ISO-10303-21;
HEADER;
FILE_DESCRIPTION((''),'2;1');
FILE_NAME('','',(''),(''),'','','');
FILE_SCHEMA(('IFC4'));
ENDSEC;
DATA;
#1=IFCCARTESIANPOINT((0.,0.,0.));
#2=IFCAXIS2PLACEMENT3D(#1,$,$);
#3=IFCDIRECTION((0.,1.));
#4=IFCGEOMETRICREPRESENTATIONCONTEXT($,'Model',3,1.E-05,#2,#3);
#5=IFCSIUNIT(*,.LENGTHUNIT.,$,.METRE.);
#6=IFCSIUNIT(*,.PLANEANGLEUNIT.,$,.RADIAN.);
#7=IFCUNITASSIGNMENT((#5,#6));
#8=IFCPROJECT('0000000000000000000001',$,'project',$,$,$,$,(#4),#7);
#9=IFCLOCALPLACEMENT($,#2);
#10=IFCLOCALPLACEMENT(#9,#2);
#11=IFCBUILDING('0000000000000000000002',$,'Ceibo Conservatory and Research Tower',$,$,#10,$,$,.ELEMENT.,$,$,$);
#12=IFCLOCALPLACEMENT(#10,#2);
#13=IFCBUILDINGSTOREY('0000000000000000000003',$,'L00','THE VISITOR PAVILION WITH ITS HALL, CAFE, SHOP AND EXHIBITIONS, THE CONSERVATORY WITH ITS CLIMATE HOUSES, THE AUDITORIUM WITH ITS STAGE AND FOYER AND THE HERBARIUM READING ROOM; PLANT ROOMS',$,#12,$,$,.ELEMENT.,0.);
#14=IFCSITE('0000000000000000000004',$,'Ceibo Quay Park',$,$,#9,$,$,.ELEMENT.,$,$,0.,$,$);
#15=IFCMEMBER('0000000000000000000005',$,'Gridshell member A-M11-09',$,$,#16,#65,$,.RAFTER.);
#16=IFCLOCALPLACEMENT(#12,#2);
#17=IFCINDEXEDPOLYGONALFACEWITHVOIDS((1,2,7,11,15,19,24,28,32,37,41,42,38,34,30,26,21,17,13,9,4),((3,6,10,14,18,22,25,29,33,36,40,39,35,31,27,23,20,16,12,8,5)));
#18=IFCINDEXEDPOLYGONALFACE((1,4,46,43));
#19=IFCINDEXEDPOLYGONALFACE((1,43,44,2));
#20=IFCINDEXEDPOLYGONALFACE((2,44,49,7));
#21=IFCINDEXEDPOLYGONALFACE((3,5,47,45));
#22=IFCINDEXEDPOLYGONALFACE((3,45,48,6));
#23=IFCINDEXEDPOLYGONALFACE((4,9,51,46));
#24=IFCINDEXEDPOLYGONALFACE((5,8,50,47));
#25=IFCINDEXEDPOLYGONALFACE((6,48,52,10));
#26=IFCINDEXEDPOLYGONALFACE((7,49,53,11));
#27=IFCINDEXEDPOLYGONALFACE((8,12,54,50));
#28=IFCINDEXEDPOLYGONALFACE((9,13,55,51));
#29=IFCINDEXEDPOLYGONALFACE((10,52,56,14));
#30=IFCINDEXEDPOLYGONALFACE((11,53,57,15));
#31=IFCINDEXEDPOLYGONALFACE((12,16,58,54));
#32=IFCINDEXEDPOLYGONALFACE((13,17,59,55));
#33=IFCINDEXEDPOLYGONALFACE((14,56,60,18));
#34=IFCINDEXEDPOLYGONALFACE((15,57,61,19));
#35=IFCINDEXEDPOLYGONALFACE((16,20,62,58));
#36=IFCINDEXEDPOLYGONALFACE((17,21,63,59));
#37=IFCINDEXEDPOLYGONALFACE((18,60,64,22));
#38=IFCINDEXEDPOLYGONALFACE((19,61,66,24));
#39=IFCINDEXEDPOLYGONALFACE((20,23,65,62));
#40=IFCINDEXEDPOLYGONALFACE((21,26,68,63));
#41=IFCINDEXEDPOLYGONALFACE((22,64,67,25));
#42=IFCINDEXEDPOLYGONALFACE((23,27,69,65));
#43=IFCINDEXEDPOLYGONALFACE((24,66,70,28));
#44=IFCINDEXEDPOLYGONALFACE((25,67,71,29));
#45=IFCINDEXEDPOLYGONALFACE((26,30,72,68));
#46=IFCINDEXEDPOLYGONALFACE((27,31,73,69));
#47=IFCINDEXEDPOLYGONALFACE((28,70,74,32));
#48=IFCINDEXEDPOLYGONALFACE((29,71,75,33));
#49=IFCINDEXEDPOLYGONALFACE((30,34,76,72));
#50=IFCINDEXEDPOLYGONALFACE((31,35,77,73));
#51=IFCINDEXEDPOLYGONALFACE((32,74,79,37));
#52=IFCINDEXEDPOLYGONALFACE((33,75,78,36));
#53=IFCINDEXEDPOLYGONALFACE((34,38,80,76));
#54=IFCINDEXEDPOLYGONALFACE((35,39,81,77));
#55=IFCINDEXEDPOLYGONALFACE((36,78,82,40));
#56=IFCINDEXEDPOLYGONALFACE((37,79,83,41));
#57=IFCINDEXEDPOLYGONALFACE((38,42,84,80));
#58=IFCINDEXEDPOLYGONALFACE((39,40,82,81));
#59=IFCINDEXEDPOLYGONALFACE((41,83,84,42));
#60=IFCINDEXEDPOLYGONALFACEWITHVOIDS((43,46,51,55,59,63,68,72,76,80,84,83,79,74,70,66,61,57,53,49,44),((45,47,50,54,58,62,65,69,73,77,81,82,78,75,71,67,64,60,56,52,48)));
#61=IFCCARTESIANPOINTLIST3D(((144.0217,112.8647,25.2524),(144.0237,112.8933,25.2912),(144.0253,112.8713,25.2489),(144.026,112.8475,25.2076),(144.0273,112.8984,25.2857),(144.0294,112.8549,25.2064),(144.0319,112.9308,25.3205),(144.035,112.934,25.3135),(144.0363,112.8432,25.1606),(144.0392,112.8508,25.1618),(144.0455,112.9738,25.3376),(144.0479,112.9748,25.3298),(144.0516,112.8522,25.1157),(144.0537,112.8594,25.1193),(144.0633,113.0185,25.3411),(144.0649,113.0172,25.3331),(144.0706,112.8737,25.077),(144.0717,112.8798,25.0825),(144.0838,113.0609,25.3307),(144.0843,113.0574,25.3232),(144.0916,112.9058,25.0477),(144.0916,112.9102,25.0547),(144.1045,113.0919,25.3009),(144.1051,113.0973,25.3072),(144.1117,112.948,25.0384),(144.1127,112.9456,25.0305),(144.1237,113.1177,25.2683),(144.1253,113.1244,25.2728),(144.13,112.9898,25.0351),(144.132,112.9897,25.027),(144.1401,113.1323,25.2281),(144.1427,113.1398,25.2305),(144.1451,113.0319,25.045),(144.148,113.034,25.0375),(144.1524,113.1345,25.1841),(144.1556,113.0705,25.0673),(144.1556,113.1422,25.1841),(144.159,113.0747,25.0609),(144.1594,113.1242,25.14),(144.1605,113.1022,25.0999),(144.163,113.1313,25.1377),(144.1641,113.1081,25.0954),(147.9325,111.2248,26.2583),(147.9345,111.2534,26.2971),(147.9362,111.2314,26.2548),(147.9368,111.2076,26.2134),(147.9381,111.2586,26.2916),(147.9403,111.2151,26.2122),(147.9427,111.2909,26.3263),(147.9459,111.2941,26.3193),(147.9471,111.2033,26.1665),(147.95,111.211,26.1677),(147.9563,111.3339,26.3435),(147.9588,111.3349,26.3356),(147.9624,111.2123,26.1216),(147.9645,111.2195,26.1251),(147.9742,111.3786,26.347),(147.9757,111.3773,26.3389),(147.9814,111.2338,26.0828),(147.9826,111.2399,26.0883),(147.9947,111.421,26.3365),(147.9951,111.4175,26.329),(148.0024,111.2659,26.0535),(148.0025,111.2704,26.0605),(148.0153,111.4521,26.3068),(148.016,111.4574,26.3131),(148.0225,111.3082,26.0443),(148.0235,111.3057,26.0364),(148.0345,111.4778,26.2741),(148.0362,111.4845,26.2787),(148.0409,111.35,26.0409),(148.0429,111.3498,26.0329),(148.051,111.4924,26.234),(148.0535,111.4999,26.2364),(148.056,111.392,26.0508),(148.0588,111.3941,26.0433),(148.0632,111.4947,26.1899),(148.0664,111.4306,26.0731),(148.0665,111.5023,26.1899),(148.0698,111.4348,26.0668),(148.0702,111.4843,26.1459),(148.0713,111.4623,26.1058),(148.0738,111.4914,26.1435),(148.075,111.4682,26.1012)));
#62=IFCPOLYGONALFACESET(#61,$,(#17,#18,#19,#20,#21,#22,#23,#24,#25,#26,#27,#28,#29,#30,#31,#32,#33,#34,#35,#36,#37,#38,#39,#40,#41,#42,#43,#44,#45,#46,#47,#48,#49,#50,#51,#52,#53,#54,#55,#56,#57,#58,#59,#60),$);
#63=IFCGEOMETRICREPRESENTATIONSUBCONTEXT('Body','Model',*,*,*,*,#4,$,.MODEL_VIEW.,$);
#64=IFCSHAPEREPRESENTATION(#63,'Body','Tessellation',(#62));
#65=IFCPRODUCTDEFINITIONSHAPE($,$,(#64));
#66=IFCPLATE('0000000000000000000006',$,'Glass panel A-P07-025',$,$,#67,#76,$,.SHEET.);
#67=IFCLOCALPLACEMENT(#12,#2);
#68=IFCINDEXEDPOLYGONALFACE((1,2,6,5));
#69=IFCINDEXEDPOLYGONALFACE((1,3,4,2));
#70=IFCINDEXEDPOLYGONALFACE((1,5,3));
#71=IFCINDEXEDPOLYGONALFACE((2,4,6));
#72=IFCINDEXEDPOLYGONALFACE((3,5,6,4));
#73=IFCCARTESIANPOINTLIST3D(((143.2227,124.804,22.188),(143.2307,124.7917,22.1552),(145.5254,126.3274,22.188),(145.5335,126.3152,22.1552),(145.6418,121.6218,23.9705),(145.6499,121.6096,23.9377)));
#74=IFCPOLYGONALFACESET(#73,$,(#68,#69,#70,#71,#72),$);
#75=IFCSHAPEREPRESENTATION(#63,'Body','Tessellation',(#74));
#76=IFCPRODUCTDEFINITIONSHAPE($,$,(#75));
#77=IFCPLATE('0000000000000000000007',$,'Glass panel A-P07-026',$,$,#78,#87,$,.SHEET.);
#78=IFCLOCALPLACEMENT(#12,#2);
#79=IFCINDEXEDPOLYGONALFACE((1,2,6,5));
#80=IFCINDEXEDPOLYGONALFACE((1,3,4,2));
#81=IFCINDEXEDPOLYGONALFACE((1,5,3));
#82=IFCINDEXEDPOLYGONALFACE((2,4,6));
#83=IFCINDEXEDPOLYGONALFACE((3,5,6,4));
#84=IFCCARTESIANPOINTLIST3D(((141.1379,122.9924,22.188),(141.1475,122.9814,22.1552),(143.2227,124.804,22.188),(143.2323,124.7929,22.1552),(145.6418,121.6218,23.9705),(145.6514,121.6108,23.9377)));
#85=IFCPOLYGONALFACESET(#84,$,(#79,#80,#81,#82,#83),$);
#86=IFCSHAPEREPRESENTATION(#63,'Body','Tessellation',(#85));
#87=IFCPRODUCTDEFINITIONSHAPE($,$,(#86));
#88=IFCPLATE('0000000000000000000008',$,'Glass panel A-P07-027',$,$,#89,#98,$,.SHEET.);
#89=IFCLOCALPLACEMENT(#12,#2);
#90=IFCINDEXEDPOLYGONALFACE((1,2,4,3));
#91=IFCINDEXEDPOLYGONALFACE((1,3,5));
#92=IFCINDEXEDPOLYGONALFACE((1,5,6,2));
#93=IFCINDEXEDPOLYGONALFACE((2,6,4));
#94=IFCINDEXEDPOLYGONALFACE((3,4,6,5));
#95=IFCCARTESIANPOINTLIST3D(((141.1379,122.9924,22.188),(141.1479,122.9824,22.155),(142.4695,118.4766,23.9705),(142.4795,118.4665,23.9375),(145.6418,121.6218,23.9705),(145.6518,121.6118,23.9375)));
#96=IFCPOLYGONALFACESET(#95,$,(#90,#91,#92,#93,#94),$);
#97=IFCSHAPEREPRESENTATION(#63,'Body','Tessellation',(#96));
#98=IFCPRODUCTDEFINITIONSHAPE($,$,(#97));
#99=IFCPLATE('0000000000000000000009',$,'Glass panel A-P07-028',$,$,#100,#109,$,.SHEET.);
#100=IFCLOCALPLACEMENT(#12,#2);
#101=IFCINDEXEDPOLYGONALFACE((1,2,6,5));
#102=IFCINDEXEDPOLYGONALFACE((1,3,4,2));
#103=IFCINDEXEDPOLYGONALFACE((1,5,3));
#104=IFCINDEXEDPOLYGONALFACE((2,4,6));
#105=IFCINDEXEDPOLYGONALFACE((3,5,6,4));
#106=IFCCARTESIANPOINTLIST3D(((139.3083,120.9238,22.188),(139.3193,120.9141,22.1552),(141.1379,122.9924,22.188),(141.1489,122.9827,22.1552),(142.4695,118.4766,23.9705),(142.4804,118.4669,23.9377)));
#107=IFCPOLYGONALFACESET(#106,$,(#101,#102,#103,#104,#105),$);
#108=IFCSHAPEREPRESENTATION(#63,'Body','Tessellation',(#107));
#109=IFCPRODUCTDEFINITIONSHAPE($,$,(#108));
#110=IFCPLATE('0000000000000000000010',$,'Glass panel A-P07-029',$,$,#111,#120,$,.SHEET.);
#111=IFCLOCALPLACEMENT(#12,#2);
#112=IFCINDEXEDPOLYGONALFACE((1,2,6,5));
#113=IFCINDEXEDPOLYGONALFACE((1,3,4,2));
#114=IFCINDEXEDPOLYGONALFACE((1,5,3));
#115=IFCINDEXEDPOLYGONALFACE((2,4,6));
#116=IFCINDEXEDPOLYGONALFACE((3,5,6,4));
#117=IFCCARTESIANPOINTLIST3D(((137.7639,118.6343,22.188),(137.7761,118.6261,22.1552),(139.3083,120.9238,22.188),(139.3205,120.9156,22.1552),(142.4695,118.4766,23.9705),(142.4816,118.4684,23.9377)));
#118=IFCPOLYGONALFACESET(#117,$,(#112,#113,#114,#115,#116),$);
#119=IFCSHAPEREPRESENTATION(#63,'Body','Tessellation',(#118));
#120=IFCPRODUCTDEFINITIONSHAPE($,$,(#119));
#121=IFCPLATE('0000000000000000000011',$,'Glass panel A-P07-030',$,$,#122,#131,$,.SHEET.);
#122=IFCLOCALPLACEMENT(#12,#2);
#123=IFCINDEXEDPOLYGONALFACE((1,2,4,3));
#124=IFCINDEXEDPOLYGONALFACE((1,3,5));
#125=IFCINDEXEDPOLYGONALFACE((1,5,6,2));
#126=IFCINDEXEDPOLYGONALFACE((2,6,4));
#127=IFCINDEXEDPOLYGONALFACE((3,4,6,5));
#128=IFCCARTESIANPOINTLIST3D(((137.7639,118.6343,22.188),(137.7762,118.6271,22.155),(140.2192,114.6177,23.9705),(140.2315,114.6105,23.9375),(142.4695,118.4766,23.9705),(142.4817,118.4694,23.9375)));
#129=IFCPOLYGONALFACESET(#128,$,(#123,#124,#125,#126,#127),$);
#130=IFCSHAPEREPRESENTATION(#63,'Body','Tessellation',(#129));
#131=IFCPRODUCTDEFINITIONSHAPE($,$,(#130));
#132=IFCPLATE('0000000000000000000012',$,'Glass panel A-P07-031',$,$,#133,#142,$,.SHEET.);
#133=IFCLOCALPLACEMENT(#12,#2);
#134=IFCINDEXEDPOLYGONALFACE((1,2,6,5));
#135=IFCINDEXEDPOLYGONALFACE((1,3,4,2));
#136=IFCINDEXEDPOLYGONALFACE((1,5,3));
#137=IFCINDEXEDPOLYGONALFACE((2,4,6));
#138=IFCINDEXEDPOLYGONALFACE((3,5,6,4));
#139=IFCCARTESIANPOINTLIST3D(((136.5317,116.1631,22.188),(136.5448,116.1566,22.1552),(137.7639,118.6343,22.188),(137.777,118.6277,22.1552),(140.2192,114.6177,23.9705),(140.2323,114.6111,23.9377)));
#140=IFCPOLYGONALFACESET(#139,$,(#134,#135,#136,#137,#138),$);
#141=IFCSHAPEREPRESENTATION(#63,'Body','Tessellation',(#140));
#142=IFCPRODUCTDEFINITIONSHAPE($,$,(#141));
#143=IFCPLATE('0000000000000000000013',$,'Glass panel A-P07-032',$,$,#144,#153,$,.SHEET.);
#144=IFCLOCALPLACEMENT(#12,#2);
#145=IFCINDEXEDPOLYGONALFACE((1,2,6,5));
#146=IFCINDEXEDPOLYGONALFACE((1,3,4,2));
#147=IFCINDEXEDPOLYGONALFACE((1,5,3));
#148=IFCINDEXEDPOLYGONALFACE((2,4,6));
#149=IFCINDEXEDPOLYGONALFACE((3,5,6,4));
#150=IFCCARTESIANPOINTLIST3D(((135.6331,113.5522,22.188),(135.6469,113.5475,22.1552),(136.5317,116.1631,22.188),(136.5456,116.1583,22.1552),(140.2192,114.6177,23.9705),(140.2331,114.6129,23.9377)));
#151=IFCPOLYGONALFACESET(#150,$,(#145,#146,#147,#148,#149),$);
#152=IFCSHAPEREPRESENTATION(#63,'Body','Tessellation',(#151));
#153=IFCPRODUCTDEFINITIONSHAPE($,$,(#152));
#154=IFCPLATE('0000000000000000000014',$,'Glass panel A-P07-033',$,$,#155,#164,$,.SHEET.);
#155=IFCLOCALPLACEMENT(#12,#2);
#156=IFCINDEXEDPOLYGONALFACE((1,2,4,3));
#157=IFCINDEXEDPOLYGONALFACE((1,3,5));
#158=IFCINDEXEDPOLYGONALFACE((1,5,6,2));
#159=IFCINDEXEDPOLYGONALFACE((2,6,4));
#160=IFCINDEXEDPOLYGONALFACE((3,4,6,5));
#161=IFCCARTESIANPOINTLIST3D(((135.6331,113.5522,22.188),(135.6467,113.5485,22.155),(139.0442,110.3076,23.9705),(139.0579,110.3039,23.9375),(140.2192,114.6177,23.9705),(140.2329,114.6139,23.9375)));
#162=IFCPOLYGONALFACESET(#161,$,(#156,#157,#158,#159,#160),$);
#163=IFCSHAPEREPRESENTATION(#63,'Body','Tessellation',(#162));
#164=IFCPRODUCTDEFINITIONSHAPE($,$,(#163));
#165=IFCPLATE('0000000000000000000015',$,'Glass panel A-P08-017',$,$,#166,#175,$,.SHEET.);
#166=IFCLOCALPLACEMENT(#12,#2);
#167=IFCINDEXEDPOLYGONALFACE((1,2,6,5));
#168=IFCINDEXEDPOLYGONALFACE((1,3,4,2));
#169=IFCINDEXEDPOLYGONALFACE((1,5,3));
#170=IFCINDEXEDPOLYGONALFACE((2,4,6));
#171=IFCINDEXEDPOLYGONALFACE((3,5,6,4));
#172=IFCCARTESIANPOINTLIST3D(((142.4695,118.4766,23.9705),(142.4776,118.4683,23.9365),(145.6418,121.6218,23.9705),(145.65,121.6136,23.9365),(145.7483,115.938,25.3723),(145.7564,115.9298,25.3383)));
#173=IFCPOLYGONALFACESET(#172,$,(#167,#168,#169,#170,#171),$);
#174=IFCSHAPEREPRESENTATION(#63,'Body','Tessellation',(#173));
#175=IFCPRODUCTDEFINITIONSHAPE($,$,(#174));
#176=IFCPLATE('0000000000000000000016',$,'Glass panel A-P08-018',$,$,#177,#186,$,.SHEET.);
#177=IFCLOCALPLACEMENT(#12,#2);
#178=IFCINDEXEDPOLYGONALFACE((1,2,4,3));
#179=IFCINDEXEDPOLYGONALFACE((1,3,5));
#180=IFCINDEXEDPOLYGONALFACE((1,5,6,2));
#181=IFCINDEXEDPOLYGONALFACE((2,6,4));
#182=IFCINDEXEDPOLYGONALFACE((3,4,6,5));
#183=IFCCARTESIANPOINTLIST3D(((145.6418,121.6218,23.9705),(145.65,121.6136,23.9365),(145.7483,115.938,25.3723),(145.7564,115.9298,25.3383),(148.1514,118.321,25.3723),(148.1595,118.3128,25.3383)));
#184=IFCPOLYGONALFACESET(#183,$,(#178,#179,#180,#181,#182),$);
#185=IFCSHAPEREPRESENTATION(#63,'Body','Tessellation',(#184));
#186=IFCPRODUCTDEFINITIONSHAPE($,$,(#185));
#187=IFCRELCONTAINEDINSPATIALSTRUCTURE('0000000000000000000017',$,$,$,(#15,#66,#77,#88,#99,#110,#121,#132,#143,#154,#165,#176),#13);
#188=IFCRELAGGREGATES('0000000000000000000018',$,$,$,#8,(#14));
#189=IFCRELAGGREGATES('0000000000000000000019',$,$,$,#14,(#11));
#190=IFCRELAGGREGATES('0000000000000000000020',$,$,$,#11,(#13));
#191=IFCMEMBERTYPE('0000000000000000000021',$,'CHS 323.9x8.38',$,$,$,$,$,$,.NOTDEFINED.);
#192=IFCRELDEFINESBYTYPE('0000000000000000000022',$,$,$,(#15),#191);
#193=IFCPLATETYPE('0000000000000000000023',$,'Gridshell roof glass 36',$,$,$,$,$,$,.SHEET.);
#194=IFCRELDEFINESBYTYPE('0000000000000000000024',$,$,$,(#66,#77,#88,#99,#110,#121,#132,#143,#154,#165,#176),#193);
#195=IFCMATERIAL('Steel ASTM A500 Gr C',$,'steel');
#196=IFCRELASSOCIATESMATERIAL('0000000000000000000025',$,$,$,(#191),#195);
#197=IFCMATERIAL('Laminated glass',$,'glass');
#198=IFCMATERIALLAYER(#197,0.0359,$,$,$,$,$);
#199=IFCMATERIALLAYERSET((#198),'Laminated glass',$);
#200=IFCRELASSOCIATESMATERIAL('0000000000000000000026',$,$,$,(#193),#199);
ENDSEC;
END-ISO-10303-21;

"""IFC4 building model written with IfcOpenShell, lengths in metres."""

from ifc_helpers import new_model, si_unit, direction, frame, origin, origin_2d, place, context, subcontext, project, spatial, polyline, hollow_circle, outline, extrude, material, layer, layer_set, material_profile, profile_set, type_object, element, save


model = new_model("IFC4")

# Units and contexts
model_context = context("Model", 3, precision=1e-05, world=origin(), true_north=direction((0.0, 1.0)))
body_context = subcontext(model_context, "Body", "Model", "MODEL_VIEW")
ifc_project = project(units=[si_unit("LENGTHUNIT", "METRE"), si_unit("PLANEANGLEUNIT", "RADIAN")], contexts=[model_context])

# Site, building, storey
site_placement = place(None, origin())
site = spatial("IfcSite", under=ifc_project, at=site_placement, Name="Ceibo Quay Park", CompositionType="ELEMENT", RefElevation=0.0)
building_placement = place(site_placement, origin())
building = spatial("IfcBuilding", under=site, at=building_placement, Name="Ceibo Conservatory and Research Tower", CompositionType="ELEMENT")
storey_placement = place(building_placement, origin())
storey = spatial("IfcBuildingStorey", under=building, at=storey_placement, Name="L00", Description="THE VISITOR PAVILION WITH ITS HALL, CAFE, SHOP AND EXHIBITIONS, THE CONSERVATORY WITH ITS CLIMATE HOUSES, THE AUDITORIUM WITH ITS STAGE AND FOYER AND THE HERBARIUM READING ROOM; PLANT ROOMS", CompositionType="ELEMENT", Elevation=0.0)

# Member
ifc_material_1 = material(Name="Steel ASTM A500 Gr C", Category="steel")
ifc_material_profile_1 = material_profile(ifc_material_1, hollow_circle(Radius=0.1619, WallThickness=0.0083, at=origin_2d()), Name="CHS 323.9x8.38")
ifc_profile_set_1 = profile_set([ifc_material_profile_1], Name="Steel ASTM A500 Gr C")
member_type_1 = type_object("IfcMemberType", Name="CHS 323.9x8.38", PredefinedType="NOTDEFINED", material=ifc_profile_set_1)
member_1_placement = place(storey_placement, frame((144.093, 112.9929, 25.1841), z_axis=(0.897313, -0.376256, 0.230784), x_axis=(0.386695, 0.922208, 0.0)))
element("IfcMember", 1, at=member_1_placement, inside=storey, type_object=member_type_1, Name="Gridshell member A-M11-09", PredefinedType="RAFTER", context=body_context, shape_type="SweptSolid", body=[
    extrude(hollow_circle(Radius=0.1619, WallThickness=0.0083, at=origin_2d()), origin(), (0.0, 0.0, 1.0), 4.3584),
])

# Plates
ifc_material_2 = material(Name="Laminated glass", Category="glass")
ifc_layer = layer(ifc_material_2, 0.0359)
ifc_layer_set = layer_set([ifc_layer], Name="Laminated glass")
plate_type = type_object("IfcPlateType", Name="Gridshell roof glass 36", PredefinedType="SHEET", material=ifc_layer_set)
plate_1_placement = place(storey_placement, frame((145.6418, 121.6218, 23.9705), z_axis=(-0.225114, 0.340268, 0.912985), x_axis=(-0.023137, 0.934905, -0.354143)))
element("IfcPlate", 2, at=plate_1_placement, inside=storey, type_object=plate_type, Name="Glass panel A-P07-025", PredefinedType="SHEET", context=body_context, shape_type="SweptSolid", body=[
    extrude(outline(polyline([(0.0, 0.0), (5.0332, 0.0), (3.6622, 2.3966), (0.0, 0.0)])), origin(), (0.0, 0.0, -1.0), 0.0359),
])
plate_2_placement = place(storey_placement, frame((145.6418, 121.6218, 23.9705), z_axis=(-0.267607, 0.307964, 0.912987), x_axis=(-0.552741, 0.727059, -0.407262)))
element("IfcPlate", 3, at=plate_2_placement, inside=storey, type_object=plate_type, Name="Glass panel A-P07-026", PredefinedType="SHEET", context=body_context, shape_type="SweptSolid", body=[
    extrude(outline(polyline([(0.0, 0.0), (4.3767, 0.0), (4.2119, 2.7569), (0.0, 0.0)])), origin(), (0.0, 0.0, -1.0), 0.0359),
])
plate_3_placement = place(storey_placement, frame((145.6418, 121.6218, 23.9705), z_axis=(-0.278178, 0.280575, 0.918638), x_axis=(-0.894701, 0.272271, -0.354088)))
element("IfcPlate", 4, at=plate_3_placement, inside=storey, type_object=plate_type, Name="Glass panel A-P07-027", PredefinedType="SHEET", context=body_context, shape_type="SweptSolid", body=[
    extrude(outline(polyline([(0.0, 0.0), (5.034, 0.0), (1.982, 4.0036), (0.0, 0.0)])), origin(), (0.0, 0.0, -1.0), 0.0359),
])
plate_4_placement = place(storey_placement, frame((142.4695, 118.4766, 23.9705), z_axis=(-0.305579, 0.270271, 0.913003), x_axis=(-0.264499, 0.897036, -0.354071)))
element("IfcPlate", 5, at=plate_4_placement, inside=storey, type_object=plate_type, Name="Glass panel A-P07-028", PredefinedType="SHEET", context=body_context, shape_type="SweptSolid", body=[
    extrude(outline(polyline([(0.0, 0.0), (5.0342, 0.0), (3.6625, 2.3969), (0.0, 0.0)])), origin(), (0.0, 0.0, -1.0), 0.0359),
])
plate_5_placement = place(storey_placement, frame((142.4695, 118.4766, 23.9705), z_axis=(-0.3382, 0.228135, 0.913003), x_axis=(-0.722197, 0.559106, -0.407226)))
element("IfcPlate", 6, at=plate_5_placement, inside=storey, type_object=plate_type, Name="Glass panel A-P07-029", PredefinedType="SHEET", context=body_context, shape_type="SweptSolid", body=[
    extrude(outline(polyline([(0.0, 0.0), (4.3771, 0.0), (4.2124, 2.7568), (0.0, 0.0)])), origin(), (0.0, 0.0, -1.0), 0.0359),
])
plate_6_placement = place(storey_placement, frame((142.4695, 118.4766, 23.9705), z_axis=(-0.34131, 0.199029, 0.918638), x_axis=(-0.934697, 0.031328, -0.354063)))
element("IfcPlate", 7, at=plate_6_placement, inside=storey, type_object=plate_type, Name="Glass panel A-P07-030", PredefinedType="SHEET", context=body_context, shape_type="SweptSolid", body=[
    extrude(outline(polyline([(0.0, 0.0), (5.0343, 0.0), (1.9824, 4.0031), (0.0, 0.0)])), origin(), (0.0, 0.0, -1.0), 0.0359),
])
plate_7_placement = place(storey_placement, frame((140.2192, 114.6177, 23.9705), z_axis=(-0.365053, 0.182022, 0.913019), x_axis=(-0.48777, 0.79793, -0.354102)))
element("IfcPlate", 8, at=plate_7_placement, inside=storey, type_object=plate_type, Name="Glass panel A-P07-031", PredefinedType="SHEET", context=body_context, shape_type="SweptSolid", body=[
    extrude(outline(polyline([(0.0, 0.0), (5.0338, 0.0), (3.663, 2.3971), (0.0, 0.0)])), origin(), (0.0, 0.0, -1.0), 0.0359),
])
plate_8_placement = place(storey_placement, frame((140.2192, 114.6177, 23.9705), z_axis=(-0.385699, 0.132762, 0.913023), x_axis=(-0.842362, 0.353029, -0.407182)))
element("IfcPlate", 9, at=plate_8_placement, inside=storey, type_object=plate_type, Name="Glass panel A-P07-032", PredefinedType="SHEET", context=body_context, shape_type="SweptSolid", body=[
    extrude(outline(polyline([(0.0, 0.0), (4.3776, 0.0), (4.2129, 2.7563), (0.0, 0.0)])), origin(), (0.0, 0.0, -1.0), 0.0359),
])
plate_9_placement = place(storey_placement, frame((140.2192, 114.6177, 23.9705), z_axis=(-0.381182, 0.103921, 0.918641), x_axis=(-0.910965, -0.211629, -0.354057)))
element("IfcPlate", 10, at=plate_9_placement, inside=storey, type_object=plate_type, Name="Glass panel A-P07-033", PredefinedType="SHEET", context=body_context, shape_type="SweptSolid", body=[
    extrude(outline(polyline([(0.0, 0.0), (5.0344, 0.0), (1.9826, 4.0033), (0.0, 0.0)])), origin(), (0.0, 0.0, -1.0), 0.0359),
])
plate_10_placement = place(storey_placement, frame((145.6418, 121.6218, 23.9705), z_axis=(-0.227228, 0.229186, 0.946489), x_axis=(-0.710133, -0.704067, 0.0)))
element("IfcPlate", 11, at=plate_10_placement, inside=storey, type_object=plate_type, Name="Glass panel A-P08-017", PredefinedType="SHEET", context=body_context, shape_type="SweptSolid", body=[
    extrude(outline(polyline([(0.0, 0.0), (4.4673, 0.0), (3.9262, 4.3437), (0.0, 0.0)])), origin(), (0.0, 0.0, -1.0), 0.0359),
])
plate_11_placement = place(storey_placement, frame((145.6418, 121.6218, 23.9705), z_axis=(-0.227273, 0.229182, 0.946479), x_axis=(0.01818, -0.970745, 0.239423)))
element("IfcPlate", 12, at=plate_11_placement, inside=storey, type_object=plate_type, Name="Glass panel A-P08-018", PredefinedType="SHEET", context=body_context, shape_type="SweptSolid", body=[
    extrude(outline(polyline([(0.0, 0.0), (5.8551, 0.0), (3.5855, 2.5105), (0.0, 0.0)])), origin(), (0.0, 0.0, -1.0), 0.0359),
])

save(model, "model.ifc")
